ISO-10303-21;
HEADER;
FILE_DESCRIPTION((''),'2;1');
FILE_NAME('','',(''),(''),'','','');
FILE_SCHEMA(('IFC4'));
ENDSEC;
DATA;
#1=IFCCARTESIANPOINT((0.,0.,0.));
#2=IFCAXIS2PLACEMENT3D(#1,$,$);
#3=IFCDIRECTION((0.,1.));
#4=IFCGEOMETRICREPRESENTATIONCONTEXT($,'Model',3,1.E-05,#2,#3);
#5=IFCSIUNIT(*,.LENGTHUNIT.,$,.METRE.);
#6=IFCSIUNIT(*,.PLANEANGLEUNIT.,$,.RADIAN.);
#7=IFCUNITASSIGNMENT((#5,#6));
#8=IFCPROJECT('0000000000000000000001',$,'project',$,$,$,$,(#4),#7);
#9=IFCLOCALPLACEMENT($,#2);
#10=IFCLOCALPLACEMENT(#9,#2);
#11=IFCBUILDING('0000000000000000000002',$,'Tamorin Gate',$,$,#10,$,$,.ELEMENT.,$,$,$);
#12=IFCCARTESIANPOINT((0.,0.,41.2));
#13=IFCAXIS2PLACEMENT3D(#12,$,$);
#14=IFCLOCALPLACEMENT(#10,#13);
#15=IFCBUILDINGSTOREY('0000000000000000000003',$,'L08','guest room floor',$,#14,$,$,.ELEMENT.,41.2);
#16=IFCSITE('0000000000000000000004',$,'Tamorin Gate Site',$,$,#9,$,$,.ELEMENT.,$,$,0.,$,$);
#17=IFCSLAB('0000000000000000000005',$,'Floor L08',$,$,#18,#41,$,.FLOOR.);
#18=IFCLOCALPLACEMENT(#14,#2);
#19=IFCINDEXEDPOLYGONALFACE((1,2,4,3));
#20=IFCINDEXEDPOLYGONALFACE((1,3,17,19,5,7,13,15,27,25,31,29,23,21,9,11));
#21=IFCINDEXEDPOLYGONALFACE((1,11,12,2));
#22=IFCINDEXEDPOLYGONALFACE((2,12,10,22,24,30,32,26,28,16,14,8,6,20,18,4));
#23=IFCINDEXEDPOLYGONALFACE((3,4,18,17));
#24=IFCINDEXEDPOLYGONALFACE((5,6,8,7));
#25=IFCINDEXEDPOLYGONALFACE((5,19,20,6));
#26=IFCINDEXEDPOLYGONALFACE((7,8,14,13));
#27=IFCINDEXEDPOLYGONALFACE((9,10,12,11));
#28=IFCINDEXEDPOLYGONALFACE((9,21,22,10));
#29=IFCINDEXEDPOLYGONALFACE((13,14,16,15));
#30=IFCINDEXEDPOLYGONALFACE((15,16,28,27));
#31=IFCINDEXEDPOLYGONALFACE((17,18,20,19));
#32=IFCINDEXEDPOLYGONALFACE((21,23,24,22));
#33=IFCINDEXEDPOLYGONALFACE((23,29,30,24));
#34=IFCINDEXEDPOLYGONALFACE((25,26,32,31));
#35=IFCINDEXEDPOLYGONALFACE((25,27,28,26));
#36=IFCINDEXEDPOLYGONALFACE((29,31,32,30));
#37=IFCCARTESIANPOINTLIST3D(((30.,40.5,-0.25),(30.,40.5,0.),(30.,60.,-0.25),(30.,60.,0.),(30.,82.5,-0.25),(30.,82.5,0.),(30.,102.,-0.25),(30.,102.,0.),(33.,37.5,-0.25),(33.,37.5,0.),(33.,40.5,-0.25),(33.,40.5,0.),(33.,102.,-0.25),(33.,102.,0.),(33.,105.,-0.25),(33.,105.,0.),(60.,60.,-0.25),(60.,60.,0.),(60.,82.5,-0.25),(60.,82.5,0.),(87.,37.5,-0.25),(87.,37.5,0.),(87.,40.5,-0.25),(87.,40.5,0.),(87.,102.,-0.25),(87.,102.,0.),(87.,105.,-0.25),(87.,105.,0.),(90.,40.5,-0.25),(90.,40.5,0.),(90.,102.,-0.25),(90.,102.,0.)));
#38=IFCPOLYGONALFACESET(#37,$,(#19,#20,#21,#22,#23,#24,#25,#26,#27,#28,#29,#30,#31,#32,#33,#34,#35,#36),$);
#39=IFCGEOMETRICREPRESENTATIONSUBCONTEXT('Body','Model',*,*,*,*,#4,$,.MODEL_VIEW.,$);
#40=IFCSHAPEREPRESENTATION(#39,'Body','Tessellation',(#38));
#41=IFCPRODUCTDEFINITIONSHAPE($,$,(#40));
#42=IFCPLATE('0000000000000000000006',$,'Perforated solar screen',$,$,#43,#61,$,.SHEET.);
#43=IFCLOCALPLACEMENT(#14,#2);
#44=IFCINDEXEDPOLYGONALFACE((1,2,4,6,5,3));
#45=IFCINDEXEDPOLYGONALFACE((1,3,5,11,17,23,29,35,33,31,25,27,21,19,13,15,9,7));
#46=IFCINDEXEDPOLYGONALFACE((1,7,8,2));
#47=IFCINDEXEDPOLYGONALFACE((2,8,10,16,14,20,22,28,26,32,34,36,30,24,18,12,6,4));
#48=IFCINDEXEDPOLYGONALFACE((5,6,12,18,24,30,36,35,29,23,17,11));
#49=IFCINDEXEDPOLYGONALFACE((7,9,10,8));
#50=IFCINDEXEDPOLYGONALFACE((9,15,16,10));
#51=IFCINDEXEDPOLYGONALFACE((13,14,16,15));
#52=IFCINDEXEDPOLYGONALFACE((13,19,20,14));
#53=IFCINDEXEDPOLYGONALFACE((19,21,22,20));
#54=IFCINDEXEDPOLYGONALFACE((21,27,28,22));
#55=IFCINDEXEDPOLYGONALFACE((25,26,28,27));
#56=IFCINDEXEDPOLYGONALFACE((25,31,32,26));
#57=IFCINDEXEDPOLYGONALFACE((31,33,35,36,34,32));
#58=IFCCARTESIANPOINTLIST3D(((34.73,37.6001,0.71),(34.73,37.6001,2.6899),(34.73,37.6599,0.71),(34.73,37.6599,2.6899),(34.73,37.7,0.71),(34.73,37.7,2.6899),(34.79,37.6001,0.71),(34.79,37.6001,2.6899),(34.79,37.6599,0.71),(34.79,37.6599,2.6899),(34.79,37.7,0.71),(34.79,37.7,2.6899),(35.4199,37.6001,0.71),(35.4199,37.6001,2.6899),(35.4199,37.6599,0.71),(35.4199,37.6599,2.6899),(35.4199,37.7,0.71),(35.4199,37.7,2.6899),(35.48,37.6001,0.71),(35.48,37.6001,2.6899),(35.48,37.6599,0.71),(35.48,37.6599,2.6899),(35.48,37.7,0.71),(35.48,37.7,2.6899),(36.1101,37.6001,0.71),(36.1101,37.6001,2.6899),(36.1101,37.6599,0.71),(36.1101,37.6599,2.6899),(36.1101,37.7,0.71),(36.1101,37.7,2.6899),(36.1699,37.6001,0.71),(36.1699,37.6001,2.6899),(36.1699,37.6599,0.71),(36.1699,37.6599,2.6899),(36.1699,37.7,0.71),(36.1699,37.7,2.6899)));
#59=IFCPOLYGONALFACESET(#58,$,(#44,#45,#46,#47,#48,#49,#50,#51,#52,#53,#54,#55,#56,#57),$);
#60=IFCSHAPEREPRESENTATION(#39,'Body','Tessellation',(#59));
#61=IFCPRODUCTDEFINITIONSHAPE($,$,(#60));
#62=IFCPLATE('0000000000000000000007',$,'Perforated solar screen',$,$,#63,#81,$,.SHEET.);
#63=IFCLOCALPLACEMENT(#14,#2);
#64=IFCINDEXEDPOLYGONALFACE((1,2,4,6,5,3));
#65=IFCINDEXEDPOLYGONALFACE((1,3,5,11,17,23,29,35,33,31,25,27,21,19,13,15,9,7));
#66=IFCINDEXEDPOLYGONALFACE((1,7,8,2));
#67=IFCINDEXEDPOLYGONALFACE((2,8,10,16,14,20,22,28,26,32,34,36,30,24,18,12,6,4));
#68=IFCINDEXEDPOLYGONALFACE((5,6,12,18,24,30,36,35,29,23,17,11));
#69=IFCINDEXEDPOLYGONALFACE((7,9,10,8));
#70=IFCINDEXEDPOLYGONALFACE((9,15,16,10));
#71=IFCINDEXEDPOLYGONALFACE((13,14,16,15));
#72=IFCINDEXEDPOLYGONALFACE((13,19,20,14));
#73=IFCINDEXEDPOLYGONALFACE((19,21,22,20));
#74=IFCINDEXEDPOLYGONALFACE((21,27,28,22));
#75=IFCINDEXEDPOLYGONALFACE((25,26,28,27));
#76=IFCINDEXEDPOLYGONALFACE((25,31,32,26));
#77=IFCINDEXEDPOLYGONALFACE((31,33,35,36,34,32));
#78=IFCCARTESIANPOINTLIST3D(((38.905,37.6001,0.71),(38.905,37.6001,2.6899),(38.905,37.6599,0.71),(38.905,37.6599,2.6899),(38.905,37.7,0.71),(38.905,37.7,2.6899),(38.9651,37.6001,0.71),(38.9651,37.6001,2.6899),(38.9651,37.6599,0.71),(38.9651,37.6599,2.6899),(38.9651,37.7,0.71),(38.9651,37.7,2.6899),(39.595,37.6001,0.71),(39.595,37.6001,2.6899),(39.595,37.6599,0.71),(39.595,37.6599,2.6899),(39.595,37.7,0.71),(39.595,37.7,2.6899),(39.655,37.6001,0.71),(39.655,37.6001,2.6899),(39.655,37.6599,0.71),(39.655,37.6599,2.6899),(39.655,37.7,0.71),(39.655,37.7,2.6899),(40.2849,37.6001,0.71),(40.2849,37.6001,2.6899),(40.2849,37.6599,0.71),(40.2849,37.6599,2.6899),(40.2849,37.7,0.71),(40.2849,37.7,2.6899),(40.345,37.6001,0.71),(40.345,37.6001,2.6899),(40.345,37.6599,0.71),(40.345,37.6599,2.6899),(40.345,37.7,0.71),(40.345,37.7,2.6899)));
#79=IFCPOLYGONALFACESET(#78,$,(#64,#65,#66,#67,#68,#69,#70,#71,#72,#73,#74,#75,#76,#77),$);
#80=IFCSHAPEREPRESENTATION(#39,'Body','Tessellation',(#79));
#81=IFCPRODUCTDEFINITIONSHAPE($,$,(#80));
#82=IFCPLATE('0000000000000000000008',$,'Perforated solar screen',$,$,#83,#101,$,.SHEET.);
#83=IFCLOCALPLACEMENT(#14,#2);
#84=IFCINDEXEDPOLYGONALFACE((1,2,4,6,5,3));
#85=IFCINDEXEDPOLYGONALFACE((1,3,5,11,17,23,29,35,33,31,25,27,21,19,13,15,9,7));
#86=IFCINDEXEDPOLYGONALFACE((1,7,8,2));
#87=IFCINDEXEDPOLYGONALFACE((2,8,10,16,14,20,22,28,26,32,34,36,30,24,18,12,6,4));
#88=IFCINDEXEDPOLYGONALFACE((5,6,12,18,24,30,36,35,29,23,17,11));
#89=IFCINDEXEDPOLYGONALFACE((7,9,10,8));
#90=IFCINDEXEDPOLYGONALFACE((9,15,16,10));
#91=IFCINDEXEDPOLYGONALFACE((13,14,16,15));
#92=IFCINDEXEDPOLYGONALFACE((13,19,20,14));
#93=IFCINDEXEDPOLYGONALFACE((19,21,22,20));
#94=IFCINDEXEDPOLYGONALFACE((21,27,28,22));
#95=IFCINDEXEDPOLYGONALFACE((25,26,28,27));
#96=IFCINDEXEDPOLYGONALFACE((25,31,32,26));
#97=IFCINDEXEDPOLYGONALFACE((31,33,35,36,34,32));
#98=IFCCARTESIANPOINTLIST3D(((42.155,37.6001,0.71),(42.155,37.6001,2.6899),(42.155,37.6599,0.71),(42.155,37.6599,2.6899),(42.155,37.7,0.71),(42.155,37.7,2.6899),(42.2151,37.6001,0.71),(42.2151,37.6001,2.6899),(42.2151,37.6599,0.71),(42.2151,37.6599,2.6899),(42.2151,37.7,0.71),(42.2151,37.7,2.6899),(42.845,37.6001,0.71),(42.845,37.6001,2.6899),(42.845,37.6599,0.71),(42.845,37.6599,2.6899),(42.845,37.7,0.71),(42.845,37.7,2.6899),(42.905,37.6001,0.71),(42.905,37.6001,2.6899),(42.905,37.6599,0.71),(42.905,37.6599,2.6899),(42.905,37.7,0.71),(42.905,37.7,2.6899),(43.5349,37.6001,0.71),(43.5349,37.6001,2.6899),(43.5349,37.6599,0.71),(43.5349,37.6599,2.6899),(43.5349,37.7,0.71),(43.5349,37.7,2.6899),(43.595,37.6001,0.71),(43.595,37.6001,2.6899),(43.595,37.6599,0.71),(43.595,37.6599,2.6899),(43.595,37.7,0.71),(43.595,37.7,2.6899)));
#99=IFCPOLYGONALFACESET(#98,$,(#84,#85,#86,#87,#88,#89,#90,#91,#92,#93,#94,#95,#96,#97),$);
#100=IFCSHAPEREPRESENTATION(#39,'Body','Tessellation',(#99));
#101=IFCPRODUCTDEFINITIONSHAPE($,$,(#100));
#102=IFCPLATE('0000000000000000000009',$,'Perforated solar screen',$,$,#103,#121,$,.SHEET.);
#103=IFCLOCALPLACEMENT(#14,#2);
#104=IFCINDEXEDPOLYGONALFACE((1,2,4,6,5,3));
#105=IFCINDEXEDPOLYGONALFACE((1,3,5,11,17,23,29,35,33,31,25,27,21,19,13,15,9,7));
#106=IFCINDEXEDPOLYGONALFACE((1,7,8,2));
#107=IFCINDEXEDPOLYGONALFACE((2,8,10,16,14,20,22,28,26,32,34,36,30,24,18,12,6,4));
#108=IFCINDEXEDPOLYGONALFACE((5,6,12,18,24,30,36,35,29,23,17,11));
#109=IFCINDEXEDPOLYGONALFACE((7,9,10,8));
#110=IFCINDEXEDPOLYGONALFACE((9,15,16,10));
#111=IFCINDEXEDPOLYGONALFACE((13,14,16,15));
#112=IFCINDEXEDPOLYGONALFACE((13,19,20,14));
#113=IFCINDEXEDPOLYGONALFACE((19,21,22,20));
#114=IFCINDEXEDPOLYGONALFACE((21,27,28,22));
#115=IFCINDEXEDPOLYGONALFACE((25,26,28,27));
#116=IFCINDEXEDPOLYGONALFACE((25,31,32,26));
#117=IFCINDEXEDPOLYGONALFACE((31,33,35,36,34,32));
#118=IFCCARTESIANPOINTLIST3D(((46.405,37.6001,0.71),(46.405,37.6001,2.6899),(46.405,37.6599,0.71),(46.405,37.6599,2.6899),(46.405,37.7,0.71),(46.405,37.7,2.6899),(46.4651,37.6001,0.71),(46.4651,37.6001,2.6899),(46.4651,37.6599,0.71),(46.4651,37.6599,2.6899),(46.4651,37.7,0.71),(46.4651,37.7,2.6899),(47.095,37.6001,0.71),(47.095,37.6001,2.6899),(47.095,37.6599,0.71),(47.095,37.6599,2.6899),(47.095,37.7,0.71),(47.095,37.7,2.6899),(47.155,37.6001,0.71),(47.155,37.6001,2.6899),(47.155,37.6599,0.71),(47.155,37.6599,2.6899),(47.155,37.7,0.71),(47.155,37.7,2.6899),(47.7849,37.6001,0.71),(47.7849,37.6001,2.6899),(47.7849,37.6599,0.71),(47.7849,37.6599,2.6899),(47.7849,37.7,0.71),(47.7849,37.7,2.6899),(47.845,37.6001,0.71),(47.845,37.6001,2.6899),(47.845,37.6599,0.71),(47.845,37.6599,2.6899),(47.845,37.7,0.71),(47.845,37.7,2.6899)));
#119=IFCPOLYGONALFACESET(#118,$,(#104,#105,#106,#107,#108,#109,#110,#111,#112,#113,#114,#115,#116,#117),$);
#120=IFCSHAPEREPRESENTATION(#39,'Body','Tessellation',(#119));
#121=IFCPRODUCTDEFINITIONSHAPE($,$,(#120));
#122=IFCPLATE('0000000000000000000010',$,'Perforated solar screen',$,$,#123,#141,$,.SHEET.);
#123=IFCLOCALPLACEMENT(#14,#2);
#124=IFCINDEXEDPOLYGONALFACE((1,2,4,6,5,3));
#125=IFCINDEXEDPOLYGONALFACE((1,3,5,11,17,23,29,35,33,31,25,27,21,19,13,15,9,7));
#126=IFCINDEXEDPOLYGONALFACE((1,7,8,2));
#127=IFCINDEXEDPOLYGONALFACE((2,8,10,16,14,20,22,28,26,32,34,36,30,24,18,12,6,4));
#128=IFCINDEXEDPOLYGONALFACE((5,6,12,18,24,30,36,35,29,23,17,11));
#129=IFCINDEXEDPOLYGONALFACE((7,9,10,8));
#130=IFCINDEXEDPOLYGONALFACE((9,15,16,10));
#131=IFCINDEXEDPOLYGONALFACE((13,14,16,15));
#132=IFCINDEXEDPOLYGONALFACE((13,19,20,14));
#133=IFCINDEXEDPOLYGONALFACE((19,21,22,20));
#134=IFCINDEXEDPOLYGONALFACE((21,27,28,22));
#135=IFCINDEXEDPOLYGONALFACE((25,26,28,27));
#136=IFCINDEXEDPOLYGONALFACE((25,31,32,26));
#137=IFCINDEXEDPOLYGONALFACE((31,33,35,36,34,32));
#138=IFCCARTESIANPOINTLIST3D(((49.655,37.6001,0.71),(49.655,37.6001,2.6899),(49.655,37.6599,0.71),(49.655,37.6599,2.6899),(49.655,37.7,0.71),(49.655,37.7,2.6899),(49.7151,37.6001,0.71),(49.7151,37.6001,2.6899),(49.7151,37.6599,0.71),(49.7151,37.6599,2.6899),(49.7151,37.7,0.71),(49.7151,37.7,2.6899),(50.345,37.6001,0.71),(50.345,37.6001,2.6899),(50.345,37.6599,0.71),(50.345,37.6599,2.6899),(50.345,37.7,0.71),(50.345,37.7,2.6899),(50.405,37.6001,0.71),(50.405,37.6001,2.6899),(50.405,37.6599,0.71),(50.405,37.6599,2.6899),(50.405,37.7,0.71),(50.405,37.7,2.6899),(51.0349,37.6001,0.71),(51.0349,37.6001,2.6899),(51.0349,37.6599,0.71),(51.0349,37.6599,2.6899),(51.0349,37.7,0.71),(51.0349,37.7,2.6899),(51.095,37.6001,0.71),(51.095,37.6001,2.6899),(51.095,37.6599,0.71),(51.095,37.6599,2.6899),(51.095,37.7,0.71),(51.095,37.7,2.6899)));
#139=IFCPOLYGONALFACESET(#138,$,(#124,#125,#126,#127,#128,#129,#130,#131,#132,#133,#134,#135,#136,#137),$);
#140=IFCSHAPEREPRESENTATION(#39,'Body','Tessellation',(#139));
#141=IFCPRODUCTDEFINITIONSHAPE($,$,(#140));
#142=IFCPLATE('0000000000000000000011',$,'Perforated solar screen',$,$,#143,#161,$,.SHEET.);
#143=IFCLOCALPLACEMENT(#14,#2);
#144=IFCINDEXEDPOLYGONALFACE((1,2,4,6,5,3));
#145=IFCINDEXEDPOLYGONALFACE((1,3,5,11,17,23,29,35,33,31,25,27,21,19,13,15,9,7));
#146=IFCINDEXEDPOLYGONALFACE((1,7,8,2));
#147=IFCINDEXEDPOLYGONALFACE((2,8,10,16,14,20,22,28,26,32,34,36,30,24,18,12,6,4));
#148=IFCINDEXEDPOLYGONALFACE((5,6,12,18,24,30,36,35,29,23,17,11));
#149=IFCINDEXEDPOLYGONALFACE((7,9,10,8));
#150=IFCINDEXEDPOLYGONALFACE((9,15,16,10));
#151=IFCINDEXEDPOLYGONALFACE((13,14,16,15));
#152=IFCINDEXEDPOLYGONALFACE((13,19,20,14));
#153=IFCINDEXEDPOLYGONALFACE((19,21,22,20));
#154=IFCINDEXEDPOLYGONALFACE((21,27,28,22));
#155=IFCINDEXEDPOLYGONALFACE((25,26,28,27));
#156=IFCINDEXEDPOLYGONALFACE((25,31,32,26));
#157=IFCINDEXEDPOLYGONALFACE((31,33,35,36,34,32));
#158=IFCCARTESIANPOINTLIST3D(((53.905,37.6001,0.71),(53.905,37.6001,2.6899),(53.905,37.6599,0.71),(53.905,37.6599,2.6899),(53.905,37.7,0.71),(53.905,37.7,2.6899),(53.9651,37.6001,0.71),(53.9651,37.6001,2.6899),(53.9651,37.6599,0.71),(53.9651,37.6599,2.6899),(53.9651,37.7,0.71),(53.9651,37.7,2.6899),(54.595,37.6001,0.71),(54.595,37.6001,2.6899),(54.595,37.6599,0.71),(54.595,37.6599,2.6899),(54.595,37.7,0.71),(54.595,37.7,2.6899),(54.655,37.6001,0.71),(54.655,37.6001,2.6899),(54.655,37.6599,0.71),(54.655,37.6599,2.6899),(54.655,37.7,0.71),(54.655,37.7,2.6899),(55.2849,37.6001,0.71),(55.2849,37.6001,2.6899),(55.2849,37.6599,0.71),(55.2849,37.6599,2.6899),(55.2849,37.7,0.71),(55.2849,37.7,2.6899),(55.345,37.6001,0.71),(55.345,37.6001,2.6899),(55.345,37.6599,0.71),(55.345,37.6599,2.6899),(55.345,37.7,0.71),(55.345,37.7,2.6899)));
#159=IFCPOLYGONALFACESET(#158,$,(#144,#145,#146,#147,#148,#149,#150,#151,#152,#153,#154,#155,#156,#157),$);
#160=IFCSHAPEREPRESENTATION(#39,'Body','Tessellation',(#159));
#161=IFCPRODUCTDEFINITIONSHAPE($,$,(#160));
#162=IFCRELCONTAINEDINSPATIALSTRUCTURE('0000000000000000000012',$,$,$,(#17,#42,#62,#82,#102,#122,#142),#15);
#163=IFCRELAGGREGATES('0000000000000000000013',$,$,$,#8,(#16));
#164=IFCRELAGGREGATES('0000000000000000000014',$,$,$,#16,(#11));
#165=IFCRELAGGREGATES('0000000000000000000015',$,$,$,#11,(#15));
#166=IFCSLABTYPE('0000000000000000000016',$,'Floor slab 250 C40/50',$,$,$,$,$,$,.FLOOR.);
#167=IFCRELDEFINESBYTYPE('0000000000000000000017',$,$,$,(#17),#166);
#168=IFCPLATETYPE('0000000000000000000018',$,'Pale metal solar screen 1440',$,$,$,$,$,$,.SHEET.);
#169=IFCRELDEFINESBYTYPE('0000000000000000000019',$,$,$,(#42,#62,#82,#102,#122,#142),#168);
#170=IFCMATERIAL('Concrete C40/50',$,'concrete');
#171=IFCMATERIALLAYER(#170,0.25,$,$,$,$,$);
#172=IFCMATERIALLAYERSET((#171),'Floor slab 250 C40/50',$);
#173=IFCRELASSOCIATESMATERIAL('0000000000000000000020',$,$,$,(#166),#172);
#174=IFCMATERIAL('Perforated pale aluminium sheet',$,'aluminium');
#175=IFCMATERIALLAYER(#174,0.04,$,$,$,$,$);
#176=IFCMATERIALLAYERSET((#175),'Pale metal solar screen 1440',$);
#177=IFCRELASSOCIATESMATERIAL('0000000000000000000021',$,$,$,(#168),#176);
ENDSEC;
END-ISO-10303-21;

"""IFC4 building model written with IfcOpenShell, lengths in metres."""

from ifc_helpers import new_model, si_unit, direction, frame, origin, place, context, subcontext, project, spatial, polyline, outline, extrude, material, layer, layer_set, type_object, element, save


model = new_model("IFC4")

# Units and contexts
model_context = context("Model", 3, precision=1e-05, world=origin(), true_north=direction((0.0, 1.0)))
body_context = subcontext(model_context, "Body", "Model", "MODEL_VIEW")
ifc_project = project(units=[si_unit("LENGTHUNIT", "METRE"), si_unit("PLANEANGLEUNIT", "RADIAN")], contexts=[model_context])

# Site, building, storey
site_placement = place(None, origin())
site = spatial("IfcSite", under=ifc_project, at=site_placement, Name="Tamorin Gate Site", CompositionType="ELEMENT", RefElevation=0.0)
building_placement = place(site_placement, origin())
building = spatial("IfcBuilding", under=site, at=building_placement, Name="Tamorin Gate", CompositionType="ELEMENT")
storey_placement = place(building_placement, frame((0.0, 0.0, 41.2)))
storey = spatial("IfcBuildingStorey", under=building, at=storey_placement, Name="L08", Description="guest room floor", CompositionType="ELEMENT", Elevation=41.2)

# Slab
ifc_material_1 = material(Name="Concrete C40/50", Category="concrete")
ifc_layer_1 = layer(ifc_material_1, 0.25)
ifc_layer_set_1 = layer_set([ifc_layer_1], Name="Floor slab 250 C40/50")
slab_type = type_object("IfcSlabType", Name="Floor slab 250 C40/50", PredefinedType="FLOOR", material=ifc_layer_set_1)
slab_placement = place(storey_placement, frame((0.0, 0.0, -0.25)))
element("IfcSlab", 1, at=slab_placement, inside=storey, type_object=slab_type, Name="Floor L08", PredefinedType="FLOOR", context=body_context, shape_type="SweptSolid", body=[
    extrude(outline(polyline([(30.0, 102.0), (33.0, 102.0), (33.0, 105.0), (87.0, 105.0), (87.0, 102.0), (90.0, 102.0), (90.0, 40.5), (87.0, 40.5), (87.0, 37.5), (33.0, 37.5), (33.0, 40.5), (30.0, 40.5), (30.0, 60.0), (60.0, 60.0), (60.0, 82.5), (30.0, 82.5), (30.0, 102.0)])), origin(), (0.0, 0.0, 1.0), 0.25),
])

# Plates
ifc_material_2 = material(Name="Perforated pale aluminium sheet", Category="aluminium")
ifc_layer_2 = layer(ifc_material_2, 0.04)
ifc_layer_set_2 = layer_set([ifc_layer_2], Name="Pale metal solar screen 1440")
plate_type = type_object("IfcPlateType", Name="Pale metal solar screen 1440", PredefinedType="SHEET", material=ifc_layer_set_2)
plate_1_placement = place(storey_placement, frame((0.0, 0.0, 0.71)))
element("IfcPlate", 2, at=plate_1_placement, inside=storey, type_object=plate_type, Name="Perforated solar screen", PredefinedType="SHEET", context=body_context, shape_type="SweptSolid", body=[
    extrude(outline(polyline([(34.73, 37.6599), (34.73, 37.7), (34.79, 37.7), (35.4199, 37.7), (35.48, 37.7), (36.1101, 37.7), (36.1699, 37.7), (36.1699, 37.6599), (36.1699, 37.6001), (36.1101, 37.6001), (36.1101, 37.6599), (35.48, 37.6599), (35.48, 37.6001), (35.4199, 37.6001), (35.4199, 37.6599), (34.79, 37.6599), (34.79, 37.6001), (34.73, 37.6001), (34.73, 37.6599)])), origin(), (0.0, 0.0, 1.0), 1.98),
])
plate_2_placement = place(storey_placement, frame((0.0, 0.0, 0.71)))
element("IfcPlate", 3, at=plate_2_placement, inside=storey, type_object=plate_type, Name="Perforated solar screen", PredefinedType="SHEET", context=body_context, shape_type="SweptSolid", body=[
    extrude(outline(polyline([(38.905, 37.6599), (38.905, 37.7), (38.9651, 37.7), (39.595, 37.7), (39.655, 37.7), (40.2849, 37.7), (40.345, 37.7), (40.345, 37.7), (40.345, 37.6599), (40.345, 37.6599), (40.345, 37.6001), (40.2849, 37.6001), (40.2849, 37.6599), (39.655, 37.6599), (39.655, 37.6001), (39.595, 37.6001), (39.595, 37.6599), (38.9651, 37.6599), (38.9651, 37.6001), (38.905, 37.6001), (38.905, 37.6599)])), origin(), (0.0, 0.0, 1.0), 1.98),
])
plate_3_placement = place(storey_placement, frame((0.0, 0.0, 0.71)))
element("IfcPlate", 4, at=plate_3_placement, inside=storey, type_object=plate_type, Name="Perforated solar screen", PredefinedType="SHEET", context=body_context, shape_type="SweptSolid", body=[
    extrude(outline(polyline([(42.155, 37.6599), (42.155, 37.7), (42.2151, 37.7), (42.845, 37.7), (42.905, 37.7), (43.5349, 37.7), (43.595, 37.7), (43.595, 37.6599), (43.595, 37.6001), (43.5349, 37.6001), (43.5349, 37.6599), (42.905, 37.6599), (42.905, 37.6001), (42.845, 37.6001), (42.845, 37.6599), (42.2151, 37.6599), (42.2151, 37.6001), (42.155, 37.6001), (42.155, 37.6599)])), origin(), (0.0, 0.0, 1.0), 1.98),
])
plate_4_placement = place(storey_placement, frame((0.0, 0.0, 0.71)))
element("IfcPlate", 5, at=plate_4_placement, inside=storey, type_object=plate_type, Name="Perforated solar screen", PredefinedType="SHEET", context=body_context, shape_type="SweptSolid", body=[
    extrude(outline(polyline([(46.405, 37.6599), (46.405, 37.7), (46.4651, 37.7), (47.095, 37.7), (47.155, 37.7), (47.7849, 37.7), (47.845, 37.7), (47.845, 37.6599), (47.845, 37.6001), (47.7849, 37.6001), (47.7849, 37.6599), (47.155, 37.6599), (47.155, 37.6001), (47.095, 37.6001), (47.095, 37.6599), (46.4651, 37.6599), (46.4651, 37.6001), (46.405, 37.6001), (46.405, 37.6599)])), origin(), (0.0, 0.0, 1.0), 1.98),
])
plate_5_placement = place(storey_placement, frame((0.0, 0.0, 0.71)))
element("IfcPlate", 6, at=plate_5_placement, inside=storey, type_object=plate_type, Name="Perforated solar screen", PredefinedType="SHEET", context=body_context, shape_type="SweptSolid", body=[
    extrude(outline(polyline([(49.655, 37.6599), (49.655, 37.7), (49.7151, 37.7), (50.345, 37.7), (50.405, 37.7), (51.0349, 37.7), (51.095, 37.7), (51.095, 37.6599), (51.095, 37.6001), (51.0349, 37.6001), (51.0349, 37.6599), (50.405, 37.6599), (50.405, 37.6001), (50.345, 37.6001), (50.345, 37.6599), (49.7151, 37.6599), (49.7151, 37.6001), (49.655, 37.6001), (49.655, 37.6599)])), origin(), (0.0, 0.0, 1.0), 1.98),
])
plate_6_placement = place(storey_placement, frame((0.0, 0.0, 0.71)))
element("IfcPlate", 7, at=plate_6_placement, inside=storey, type_object=plate_type, Name="Perforated solar screen", PredefinedType="SHEET", context=body_context, shape_type="SweptSolid", body=[
    extrude(outline(polyline([(53.905, 37.6599), (53.905, 37.7), (53.9651, 37.7), (54.595, 37.7), (54.655, 37.7), (55.2849, 37.7), (55.345, 37.7), (55.345, 37.6599), (55.345, 37.6001), (55.2849, 37.6001), (55.2849, 37.6599), (54.655, 37.6599), (54.655, 37.6001), (54.595, 37.6001), (54.595, 37.6599), (53.9651, 37.6599), (53.9651, 37.6001), (53.905, 37.6001), (53.905, 37.6599)])), origin(), (0.0, 0.0, 1.0), 1.98),
])

save(model, "model.ifc")
